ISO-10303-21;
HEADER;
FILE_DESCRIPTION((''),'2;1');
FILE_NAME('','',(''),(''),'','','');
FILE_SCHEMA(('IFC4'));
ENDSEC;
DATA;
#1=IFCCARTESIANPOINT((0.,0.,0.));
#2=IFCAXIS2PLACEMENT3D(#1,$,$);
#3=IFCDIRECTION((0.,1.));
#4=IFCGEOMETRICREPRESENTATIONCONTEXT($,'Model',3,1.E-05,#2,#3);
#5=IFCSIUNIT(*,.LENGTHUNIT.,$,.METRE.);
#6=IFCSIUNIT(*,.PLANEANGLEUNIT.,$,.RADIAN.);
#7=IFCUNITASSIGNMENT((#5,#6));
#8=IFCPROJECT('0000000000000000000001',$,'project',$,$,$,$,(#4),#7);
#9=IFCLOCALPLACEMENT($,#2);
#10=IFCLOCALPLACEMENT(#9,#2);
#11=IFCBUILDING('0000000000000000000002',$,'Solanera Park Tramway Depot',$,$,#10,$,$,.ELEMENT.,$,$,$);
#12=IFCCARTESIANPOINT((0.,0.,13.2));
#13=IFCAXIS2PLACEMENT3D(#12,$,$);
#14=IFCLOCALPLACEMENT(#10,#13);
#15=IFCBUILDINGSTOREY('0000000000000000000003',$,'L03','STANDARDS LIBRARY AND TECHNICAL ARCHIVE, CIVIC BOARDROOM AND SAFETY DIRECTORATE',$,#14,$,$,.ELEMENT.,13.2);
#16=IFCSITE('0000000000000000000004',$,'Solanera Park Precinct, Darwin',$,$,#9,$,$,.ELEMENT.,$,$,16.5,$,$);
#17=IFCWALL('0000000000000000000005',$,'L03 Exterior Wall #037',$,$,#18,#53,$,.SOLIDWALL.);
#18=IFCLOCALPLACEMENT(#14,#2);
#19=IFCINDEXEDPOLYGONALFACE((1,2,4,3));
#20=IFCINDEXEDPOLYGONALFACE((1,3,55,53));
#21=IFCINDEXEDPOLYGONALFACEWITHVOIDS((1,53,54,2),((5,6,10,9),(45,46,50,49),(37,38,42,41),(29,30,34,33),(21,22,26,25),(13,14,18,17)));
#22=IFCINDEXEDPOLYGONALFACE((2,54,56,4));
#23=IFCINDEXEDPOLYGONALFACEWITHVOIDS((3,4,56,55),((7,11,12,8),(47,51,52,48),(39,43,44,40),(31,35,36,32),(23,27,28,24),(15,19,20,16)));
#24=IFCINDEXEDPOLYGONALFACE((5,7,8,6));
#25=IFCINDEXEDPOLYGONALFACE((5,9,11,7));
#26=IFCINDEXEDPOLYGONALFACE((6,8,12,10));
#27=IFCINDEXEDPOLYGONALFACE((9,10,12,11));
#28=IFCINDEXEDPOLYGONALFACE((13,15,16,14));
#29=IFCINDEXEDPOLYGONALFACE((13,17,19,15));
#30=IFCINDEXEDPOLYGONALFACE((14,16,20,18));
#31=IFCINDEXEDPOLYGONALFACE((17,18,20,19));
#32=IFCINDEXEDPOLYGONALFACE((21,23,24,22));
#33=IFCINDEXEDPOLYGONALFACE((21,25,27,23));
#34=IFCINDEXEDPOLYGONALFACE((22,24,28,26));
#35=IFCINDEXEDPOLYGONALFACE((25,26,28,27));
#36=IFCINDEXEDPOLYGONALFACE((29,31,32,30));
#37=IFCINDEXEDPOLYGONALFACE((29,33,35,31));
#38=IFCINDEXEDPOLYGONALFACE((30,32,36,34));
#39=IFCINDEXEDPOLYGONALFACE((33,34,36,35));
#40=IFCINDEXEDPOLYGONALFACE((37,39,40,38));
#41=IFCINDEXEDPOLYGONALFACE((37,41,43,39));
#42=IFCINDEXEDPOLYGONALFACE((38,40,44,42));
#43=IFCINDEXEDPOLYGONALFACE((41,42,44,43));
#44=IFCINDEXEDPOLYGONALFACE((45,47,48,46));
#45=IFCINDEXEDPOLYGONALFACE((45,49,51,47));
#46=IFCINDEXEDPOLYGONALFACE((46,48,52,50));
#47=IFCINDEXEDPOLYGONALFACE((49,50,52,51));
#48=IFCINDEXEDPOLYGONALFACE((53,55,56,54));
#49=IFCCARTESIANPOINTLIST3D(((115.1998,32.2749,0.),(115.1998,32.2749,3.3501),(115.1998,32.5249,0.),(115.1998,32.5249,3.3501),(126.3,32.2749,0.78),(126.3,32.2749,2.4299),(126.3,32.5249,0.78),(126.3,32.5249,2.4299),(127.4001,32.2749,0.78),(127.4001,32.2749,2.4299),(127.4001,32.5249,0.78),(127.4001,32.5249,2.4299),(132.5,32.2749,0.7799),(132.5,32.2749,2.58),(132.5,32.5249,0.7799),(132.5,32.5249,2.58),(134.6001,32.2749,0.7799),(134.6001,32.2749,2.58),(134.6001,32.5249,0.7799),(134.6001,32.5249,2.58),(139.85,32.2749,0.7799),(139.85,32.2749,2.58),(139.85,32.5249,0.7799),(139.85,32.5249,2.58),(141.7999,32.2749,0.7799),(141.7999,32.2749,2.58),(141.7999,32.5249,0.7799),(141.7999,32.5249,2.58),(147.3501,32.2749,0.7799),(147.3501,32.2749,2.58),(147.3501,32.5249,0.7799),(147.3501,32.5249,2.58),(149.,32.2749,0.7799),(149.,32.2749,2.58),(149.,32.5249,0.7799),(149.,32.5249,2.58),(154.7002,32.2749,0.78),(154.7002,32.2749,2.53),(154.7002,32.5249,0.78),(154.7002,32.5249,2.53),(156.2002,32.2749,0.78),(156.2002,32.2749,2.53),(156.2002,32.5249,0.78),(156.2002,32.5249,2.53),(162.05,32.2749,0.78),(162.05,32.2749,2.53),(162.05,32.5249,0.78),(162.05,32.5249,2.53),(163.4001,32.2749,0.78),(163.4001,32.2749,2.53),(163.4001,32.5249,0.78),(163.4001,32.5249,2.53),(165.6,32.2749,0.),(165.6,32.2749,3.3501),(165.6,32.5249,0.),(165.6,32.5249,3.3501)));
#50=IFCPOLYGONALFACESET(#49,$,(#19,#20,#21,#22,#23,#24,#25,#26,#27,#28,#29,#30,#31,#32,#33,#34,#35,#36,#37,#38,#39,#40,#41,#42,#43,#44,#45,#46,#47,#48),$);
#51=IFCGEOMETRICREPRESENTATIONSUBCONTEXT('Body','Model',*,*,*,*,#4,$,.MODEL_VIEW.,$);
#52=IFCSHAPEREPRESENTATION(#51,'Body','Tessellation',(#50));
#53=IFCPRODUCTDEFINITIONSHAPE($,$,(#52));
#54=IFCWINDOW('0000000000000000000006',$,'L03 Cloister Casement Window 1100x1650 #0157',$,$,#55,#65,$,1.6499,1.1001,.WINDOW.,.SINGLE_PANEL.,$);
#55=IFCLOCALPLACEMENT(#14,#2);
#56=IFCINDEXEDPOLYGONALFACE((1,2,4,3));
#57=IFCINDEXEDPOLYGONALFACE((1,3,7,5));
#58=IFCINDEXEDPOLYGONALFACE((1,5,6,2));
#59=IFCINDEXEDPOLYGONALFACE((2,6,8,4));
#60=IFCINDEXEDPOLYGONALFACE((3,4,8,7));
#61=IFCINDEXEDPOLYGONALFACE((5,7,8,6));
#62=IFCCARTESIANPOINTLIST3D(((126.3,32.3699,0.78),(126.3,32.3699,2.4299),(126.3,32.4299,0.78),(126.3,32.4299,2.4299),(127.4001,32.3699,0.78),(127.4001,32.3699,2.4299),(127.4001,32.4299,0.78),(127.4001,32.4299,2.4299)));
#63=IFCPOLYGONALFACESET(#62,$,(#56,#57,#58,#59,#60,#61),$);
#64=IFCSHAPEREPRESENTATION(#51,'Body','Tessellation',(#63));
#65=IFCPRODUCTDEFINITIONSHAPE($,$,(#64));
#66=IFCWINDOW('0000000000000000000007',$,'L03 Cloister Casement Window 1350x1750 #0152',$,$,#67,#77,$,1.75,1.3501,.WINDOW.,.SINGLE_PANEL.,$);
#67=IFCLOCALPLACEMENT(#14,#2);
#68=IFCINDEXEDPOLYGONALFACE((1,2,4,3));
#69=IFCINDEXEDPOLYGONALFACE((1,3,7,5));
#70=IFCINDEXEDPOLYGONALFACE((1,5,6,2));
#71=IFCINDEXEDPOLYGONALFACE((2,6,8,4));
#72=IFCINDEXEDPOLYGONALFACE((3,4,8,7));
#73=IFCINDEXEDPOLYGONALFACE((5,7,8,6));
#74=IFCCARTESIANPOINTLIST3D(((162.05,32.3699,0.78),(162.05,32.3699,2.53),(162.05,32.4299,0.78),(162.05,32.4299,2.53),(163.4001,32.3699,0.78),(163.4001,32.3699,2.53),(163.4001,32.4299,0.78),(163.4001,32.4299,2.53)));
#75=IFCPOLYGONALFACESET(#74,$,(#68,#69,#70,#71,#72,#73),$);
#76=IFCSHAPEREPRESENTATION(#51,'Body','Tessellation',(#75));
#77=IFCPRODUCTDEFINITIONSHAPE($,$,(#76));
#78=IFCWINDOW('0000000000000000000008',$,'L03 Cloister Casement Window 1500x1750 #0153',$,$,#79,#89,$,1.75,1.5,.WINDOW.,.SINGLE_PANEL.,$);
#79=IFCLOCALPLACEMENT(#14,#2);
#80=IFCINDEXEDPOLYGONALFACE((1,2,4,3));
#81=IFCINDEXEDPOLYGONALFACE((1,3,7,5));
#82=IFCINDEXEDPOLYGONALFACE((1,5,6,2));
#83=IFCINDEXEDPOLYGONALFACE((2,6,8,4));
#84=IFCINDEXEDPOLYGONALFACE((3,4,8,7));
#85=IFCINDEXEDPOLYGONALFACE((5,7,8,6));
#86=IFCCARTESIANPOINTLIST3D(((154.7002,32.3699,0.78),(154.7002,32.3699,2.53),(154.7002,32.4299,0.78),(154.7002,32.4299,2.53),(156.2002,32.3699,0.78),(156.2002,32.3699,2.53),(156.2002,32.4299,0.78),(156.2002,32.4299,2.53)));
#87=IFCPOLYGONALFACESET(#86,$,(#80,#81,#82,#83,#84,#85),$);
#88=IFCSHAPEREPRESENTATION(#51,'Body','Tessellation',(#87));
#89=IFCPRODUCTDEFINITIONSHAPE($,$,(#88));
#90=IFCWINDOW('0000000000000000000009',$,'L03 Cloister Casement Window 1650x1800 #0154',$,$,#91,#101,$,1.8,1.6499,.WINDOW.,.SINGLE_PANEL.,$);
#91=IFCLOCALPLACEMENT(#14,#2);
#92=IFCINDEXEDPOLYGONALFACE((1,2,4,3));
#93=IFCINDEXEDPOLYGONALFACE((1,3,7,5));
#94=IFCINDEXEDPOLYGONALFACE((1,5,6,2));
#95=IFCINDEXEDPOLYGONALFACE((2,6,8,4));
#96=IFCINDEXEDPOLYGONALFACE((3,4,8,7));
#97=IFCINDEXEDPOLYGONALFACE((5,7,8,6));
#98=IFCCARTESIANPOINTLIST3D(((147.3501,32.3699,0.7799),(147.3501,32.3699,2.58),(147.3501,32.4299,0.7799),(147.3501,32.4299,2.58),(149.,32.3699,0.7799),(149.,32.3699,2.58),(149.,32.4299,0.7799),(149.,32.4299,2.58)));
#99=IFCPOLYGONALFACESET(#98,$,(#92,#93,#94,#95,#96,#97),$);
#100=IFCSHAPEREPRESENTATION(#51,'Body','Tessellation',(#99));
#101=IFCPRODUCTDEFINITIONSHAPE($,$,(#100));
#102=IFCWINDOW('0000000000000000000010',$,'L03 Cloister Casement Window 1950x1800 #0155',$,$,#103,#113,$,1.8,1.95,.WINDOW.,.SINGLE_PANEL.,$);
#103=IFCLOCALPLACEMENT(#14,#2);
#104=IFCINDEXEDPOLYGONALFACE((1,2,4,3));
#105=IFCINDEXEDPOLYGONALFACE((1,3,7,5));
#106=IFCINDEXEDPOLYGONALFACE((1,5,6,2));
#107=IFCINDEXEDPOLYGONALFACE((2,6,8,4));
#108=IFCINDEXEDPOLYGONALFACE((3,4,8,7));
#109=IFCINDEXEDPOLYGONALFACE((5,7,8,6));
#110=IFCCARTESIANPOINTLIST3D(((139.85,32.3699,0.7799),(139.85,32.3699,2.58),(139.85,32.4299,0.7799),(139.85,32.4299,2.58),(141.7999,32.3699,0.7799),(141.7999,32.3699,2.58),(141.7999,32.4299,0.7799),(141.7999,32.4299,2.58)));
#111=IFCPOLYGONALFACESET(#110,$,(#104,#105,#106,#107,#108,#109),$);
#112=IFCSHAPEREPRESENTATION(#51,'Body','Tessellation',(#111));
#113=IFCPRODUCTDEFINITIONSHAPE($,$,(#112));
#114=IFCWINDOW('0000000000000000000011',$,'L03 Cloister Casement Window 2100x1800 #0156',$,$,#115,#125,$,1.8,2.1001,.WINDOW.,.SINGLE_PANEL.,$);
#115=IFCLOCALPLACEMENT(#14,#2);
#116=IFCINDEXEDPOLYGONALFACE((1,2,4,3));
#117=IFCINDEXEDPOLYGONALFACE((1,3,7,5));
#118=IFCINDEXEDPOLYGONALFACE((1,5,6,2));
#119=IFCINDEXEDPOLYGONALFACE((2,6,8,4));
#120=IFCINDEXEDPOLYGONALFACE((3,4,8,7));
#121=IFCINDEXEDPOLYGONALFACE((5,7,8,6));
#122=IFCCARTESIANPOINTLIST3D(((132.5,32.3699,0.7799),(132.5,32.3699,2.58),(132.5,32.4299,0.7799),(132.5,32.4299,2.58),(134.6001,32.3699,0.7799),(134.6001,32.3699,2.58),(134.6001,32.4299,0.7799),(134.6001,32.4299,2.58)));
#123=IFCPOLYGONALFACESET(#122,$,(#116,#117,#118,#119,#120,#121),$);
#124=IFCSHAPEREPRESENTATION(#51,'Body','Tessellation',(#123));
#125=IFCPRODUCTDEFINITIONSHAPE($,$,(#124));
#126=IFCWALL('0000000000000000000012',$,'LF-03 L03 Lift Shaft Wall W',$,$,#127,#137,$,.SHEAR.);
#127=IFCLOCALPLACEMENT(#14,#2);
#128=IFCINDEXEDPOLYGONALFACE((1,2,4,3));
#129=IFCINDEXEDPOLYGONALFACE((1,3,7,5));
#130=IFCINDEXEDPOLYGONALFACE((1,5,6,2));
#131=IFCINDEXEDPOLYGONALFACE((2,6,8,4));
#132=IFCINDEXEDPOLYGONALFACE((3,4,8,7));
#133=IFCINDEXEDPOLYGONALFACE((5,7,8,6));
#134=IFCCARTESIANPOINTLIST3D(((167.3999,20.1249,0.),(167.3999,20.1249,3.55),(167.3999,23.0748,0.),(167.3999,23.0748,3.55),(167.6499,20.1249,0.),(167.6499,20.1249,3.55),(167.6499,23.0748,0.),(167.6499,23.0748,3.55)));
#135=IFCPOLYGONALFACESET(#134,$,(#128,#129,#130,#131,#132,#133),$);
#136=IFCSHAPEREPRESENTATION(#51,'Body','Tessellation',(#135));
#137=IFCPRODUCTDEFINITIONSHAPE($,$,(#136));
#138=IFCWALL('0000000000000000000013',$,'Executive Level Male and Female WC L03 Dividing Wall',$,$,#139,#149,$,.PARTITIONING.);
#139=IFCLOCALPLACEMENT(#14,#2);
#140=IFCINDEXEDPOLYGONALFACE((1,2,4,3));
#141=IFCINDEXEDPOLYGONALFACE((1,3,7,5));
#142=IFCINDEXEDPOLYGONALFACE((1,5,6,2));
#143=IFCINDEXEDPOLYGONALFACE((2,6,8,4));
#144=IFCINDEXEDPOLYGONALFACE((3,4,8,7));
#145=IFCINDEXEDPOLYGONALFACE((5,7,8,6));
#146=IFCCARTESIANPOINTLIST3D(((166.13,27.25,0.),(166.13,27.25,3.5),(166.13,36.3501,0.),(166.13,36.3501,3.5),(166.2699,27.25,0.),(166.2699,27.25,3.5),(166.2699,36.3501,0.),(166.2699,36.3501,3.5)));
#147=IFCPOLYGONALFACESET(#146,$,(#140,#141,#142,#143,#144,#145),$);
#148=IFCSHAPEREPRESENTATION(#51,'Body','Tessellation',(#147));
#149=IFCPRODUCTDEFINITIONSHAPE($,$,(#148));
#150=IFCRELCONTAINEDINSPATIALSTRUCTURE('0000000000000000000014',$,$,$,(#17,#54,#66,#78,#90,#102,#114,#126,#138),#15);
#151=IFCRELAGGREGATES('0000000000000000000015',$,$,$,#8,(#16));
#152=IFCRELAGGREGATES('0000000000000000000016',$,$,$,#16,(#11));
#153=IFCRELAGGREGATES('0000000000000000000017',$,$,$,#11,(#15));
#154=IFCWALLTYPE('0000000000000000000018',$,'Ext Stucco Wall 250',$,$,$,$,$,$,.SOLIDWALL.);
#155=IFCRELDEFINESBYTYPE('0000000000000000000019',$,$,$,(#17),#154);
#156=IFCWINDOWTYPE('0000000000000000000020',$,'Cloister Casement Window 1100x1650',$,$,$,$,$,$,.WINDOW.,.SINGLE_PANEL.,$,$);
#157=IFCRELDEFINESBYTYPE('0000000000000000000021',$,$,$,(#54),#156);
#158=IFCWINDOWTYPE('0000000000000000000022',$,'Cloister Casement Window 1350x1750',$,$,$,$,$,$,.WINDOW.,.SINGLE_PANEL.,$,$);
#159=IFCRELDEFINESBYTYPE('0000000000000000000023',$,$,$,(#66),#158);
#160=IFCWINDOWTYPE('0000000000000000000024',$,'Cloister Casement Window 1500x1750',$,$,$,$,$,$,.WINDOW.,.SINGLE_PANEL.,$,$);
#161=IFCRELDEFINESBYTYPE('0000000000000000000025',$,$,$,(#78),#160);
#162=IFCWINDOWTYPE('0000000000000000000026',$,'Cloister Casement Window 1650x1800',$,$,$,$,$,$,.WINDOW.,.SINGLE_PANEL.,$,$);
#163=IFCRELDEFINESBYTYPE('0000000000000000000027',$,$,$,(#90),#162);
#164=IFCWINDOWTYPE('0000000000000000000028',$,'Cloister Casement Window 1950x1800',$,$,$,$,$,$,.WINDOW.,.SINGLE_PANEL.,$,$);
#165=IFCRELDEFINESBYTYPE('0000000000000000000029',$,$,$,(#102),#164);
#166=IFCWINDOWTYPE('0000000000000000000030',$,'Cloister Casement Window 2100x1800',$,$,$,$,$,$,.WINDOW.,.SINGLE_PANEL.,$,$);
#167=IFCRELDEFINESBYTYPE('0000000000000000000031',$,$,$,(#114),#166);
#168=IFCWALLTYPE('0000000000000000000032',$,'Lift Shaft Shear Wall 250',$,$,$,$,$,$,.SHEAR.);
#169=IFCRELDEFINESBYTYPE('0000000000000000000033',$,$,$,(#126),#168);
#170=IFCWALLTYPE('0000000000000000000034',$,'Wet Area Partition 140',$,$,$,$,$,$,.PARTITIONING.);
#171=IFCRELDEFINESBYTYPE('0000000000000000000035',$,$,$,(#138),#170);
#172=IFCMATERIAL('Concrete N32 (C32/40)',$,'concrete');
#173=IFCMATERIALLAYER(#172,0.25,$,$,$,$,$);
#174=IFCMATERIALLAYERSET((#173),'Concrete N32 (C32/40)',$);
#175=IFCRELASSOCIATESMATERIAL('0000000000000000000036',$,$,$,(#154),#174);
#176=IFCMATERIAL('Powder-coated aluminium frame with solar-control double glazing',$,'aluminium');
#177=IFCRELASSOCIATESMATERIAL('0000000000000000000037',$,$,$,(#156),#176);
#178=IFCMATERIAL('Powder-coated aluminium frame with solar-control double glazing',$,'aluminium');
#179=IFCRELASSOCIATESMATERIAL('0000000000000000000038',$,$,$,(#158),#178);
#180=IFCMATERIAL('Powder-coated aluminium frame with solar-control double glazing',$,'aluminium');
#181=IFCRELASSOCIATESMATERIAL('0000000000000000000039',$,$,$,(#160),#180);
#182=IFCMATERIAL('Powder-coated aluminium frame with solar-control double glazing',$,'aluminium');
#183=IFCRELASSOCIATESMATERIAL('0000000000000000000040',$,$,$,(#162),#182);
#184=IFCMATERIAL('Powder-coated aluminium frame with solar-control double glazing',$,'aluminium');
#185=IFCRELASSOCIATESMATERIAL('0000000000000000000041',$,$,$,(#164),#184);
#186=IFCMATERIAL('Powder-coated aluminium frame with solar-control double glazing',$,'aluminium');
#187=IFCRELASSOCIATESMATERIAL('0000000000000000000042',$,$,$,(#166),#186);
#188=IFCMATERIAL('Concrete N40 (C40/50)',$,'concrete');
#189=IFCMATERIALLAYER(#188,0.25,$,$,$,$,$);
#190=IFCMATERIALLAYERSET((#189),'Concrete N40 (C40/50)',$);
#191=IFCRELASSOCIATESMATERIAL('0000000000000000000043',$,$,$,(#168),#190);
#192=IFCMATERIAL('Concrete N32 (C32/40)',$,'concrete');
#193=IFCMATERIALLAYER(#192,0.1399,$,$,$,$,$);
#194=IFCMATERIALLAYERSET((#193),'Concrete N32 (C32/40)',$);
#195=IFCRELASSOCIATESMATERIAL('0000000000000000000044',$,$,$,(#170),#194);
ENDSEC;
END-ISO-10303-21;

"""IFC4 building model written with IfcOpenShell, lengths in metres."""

from ifc_helpers import new_model, si_unit, direction, frame, frame_2d, origin, place, context, subcontext, project, spatial, rectangle, extrude, material, layer, layer_set, type_object, element, fill, save


model = new_model("IFC4")

# Units and contexts
model_context = context("Model", 3, precision=1e-05, world=origin(), true_north=direction((0.0, 1.0)))
body_context = subcontext(model_context, "Body", "Model", "MODEL_VIEW")
ifc_project = project(units=[si_unit("LENGTHUNIT", "METRE"), si_unit("PLANEANGLEUNIT", "RADIAN")], contexts=[model_context])

# Site, building, storey
site_placement = place(None, origin())
site = spatial("IfcSite", under=ifc_project, at=site_placement, Name="Solanera Park Precinct, Darwin", CompositionType="ELEMENT", RefElevation=16.5)
building_placement = place(site_placement, origin())
building = spatial("IfcBuilding", under=site, at=building_placement, Name="Solanera Park Tramway Depot", CompositionType="ELEMENT")
storey_placement = place(building_placement, frame((0.0, 0.0, 13.2)))
storey = spatial("IfcBuildingStorey", under=building, at=storey_placement, Name="L03", Description="STANDARDS LIBRARY AND TECHNICAL ARCHIVE, CIVIC BOARDROOM AND SAFETY DIRECTORATE", CompositionType="ELEMENT", Elevation=13.2)

# Wall, openings, windows
ifc_material_1 = material(Name="Concrete N32 (C32/40)", Category="concrete")
ifc_layer_1 = layer(ifc_material_1, 0.25)
ifc_layer_set_1 = layer_set([ifc_layer_1], Name="Concrete N32 (C32/40)")
wall_type_1 = type_object("IfcWallType", Name="Ext Stucco Wall 250", PredefinedType="SOLIDWALL", material=ifc_layer_set_1)
wall_1_placement = place(storey_placement, frame((165.6001, 32.3999, 0.0), z_axis=(0.0, 0.0, 1.0), x_axis=(-1.0, 0.0, 0.0)))
wall_1 = element("IfcWall", 1, at=wall_1_placement, inside=storey, type_object=wall_type_1, Name="L03 Exterior Wall #037", PredefinedType="SOLIDWALL", context=body_context, shape_type="SweptSolid", body=[
    extrude(rectangle(XDim=50.4001, YDim=0.25, at=frame_2d((25.2002, 0.0))), origin(), (0.0, 0.0, 1.0), 3.3501),
])
opening_1_placement = place(wall_1_placement, frame((2.2, 0.0, 0.78)))
opening_1 = element("IfcOpeningElement", 2, at=opening_1_placement, cuts=wall_1, PredefinedType="OPENING", context=body_context, shape_type="SweptSolid", body=[
    extrude(rectangle(XDim=1.3501, YDim=1.75, at=frame_2d((0.675, 0.875))), frame((0.0, 0.135, 0.0), z_axis=(0.0, -1.0, 0.0), x_axis=(1.0, 0.0, 0.0)), (0.0, 0.0, 1.0), 0.27),
])
opening_2_placement = place(wall_1_placement, frame((9.3999, 0.0, 0.78)))
opening_2 = element("IfcOpeningElement", 3, at=opening_2_placement, cuts=wall_1, PredefinedType="OPENING", context=body_context, shape_type="SweptSolid", body=[
    extrude(rectangle(XDim=1.5, YDim=1.75, at=frame_2d((0.75, 0.875))), frame((0.0, 0.135, 0.0), z_axis=(0.0, -1.0, 0.0), x_axis=(1.0, 0.0, 0.0)), (0.0, 0.0, 1.0), 0.27),
])
opening_3_placement = place(wall_1_placement, frame((16.6001, 0.0, 0.78)))
opening_3 = element("IfcOpeningElement", 4, at=opening_3_placement, cuts=wall_1, PredefinedType="OPENING", context=body_context, shape_type="SweptSolid", body=[
    extrude(rectangle(XDim=1.6499, YDim=1.8, at=frame_2d((0.825, 0.8999))), frame((0.0, 0.135, 0.0), z_axis=(0.0, -1.0, 0.0), x_axis=(1.0, 0.0, 0.0)), (0.0, 0.0, 1.0), 0.27),
])
opening_4_placement = place(wall_1_placement, frame((23.8, 0.0, 0.78)))
opening_4 = element("IfcOpeningElement", 5, at=opening_4_placement, cuts=wall_1, PredefinedType="OPENING", context=body_context, shape_type="SweptSolid", body=[
    extrude(rectangle(XDim=1.95, YDim=1.8, at=frame_2d((0.9751, 0.8999))), frame((0.0, 0.135, 0.0), z_axis=(0.0, -1.0, 0.0), x_axis=(1.0, 0.0, 0.0)), (0.0, 0.0, 1.0), 0.27),
])
opening_5_placement = place(wall_1_placement, frame((31.0, 0.0, 0.78)))
opening_5 = element("IfcOpeningElement", 6, at=opening_5_placement, cuts=wall_1, PredefinedType="OPENING", context=body_context, shape_type="SweptSolid", body=[
    extrude(rectangle(XDim=2.1001, YDim=1.8, at=frame_2d((1.05, 0.8999))), frame((0.0, 0.135, 0.0), z_axis=(0.0, -1.0, 0.0), x_axis=(1.0, 0.0, 0.0)), (0.0, 0.0, 1.0), 0.27),
])
opening_6_placement = place(wall_1_placement, frame((38.2, 0.0, 0.78)))
opening_6 = element("IfcOpeningElement", 7, at=opening_6_placement, cuts=wall_1, PredefinedType="OPENING", context=body_context, shape_type="SweptSolid", body=[
    extrude(rectangle(XDim=1.1001, YDim=1.6499, at=frame_2d((0.55, 0.825))), frame((0.0, 0.135, 0.0), z_axis=(0.0, -1.0, 0.0), x_axis=(1.0, 0.0, 0.0)), (0.0, 0.0, 1.0), 0.27),
])
ifc_material_2 = material(Name="Powder-coated aluminium frame with solar-control double glazing", Category="aluminium")
window_type_1 = type_object("IfcWindowType", Name="Cloister Casement Window 1100x1650", PartitioningType="SINGLE_PANEL", PredefinedType="WINDOW", material=ifc_material_2)
window_1_placement = place(opening_6_placement, origin())
window_1 = element("IfcWindow", 8, at=window_1_placement, inside=storey, type_object=window_type_1, Name="L03 Cloister Casement Window 1100x1650 #0157", OverallHeight=1.6499, OverallWidth=1.1001, PartitioningType="SINGLE_PANEL", PredefinedType="WINDOW", context=body_context, shape_type="SweptSolid", body=[
    extrude(rectangle(XDim=1.1001, YDim=1.6499, at=frame_2d((0.55, 0.825))), frame((0.0, 0.03, 0.0), z_axis=(0.0, -1.0, 0.0), x_axis=(1.0, 0.0, 0.0)), (0.0, 0.0, 1.0), 0.0601),
])
fill(opening_6, window_1)
ifc_material_3 = material(Name="Powder-coated aluminium frame with solar-control double glazing", Category="aluminium")
window_type_2 = type_object("IfcWindowType", Name="Cloister Casement Window 1350x1750", PartitioningType="SINGLE_PANEL", PredefinedType="WINDOW", material=ifc_material_3)
window_2_placement = place(opening_1_placement, origin())
window_2 = element("IfcWindow", 9, at=window_2_placement, inside=storey, type_object=window_type_2, Name="L03 Cloister Casement Window 1350x1750 #0152", OverallHeight=1.75, OverallWidth=1.3501, PartitioningType="SINGLE_PANEL", PredefinedType="WINDOW", context=body_context, shape_type="SweptSolid", body=[
    extrude(rectangle(XDim=1.3501, YDim=1.75, at=frame_2d((0.675, 0.875))), frame((0.0, 0.03, 0.0), z_axis=(0.0, -1.0, 0.0), x_axis=(1.0, 0.0, 0.0)), (0.0, 0.0, 1.0), 0.0601),
])
fill(opening_1, window_2)
ifc_material_4 = material(Name="Powder-coated aluminium frame with solar-control double glazing", Category="aluminium")
window_type_3 = type_object("IfcWindowType", Name="Cloister Casement Window 1500x1750", PartitioningType="SINGLE_PANEL", PredefinedType="WINDOW", material=ifc_material_4)
window_3_placement = place(opening_2_placement, origin())
window_3 = element("IfcWindow", 10, at=window_3_placement, inside=storey, type_object=window_type_3, Name="L03 Cloister Casement Window 1500x1750 #0153", OverallHeight=1.75, OverallWidth=1.5, PartitioningType="SINGLE_PANEL", PredefinedType="WINDOW", context=body_context, shape_type="SweptSolid", body=[
    extrude(rectangle(XDim=1.5, YDim=1.75, at=frame_2d((0.75, 0.875))), frame((0.0, 0.03, 0.0), z_axis=(0.0, -1.0, 0.0), x_axis=(1.0, 0.0, 0.0)), (0.0, 0.0, 1.0), 0.0601),
])
fill(opening_2, window_3)
ifc_material_5 = material(Name="Powder-coated aluminium frame with solar-control double glazing", Category="aluminium")
window_type_4 = type_object("IfcWindowType", Name="Cloister Casement Window 1650x1800", PartitioningType="SINGLE_PANEL", PredefinedType="WINDOW", material=ifc_material_5)
window_4_placement = place(opening_3_placement, origin())
window_4 = element("IfcWindow", 11, at=window_4_placement, inside=storey, type_object=window_type_4, Name="L03 Cloister Casement Window 1650x1800 #0154", OverallHeight=1.8, OverallWidth=1.6499, PartitioningType="SINGLE_PANEL", PredefinedType="WINDOW", context=body_context, shape_type="SweptSolid", body=[
    extrude(rectangle(XDim=1.6499, YDim=1.8, at=frame_2d((0.825, 0.8999))), frame((0.0, 0.03, 0.0), z_axis=(0.0, -1.0, 0.0), x_axis=(1.0, 0.0, 0.0)), (0.0, 0.0, 1.0), 0.0601),
])
fill(opening_3, window_4)
ifc_material_6 = material(Name="Powder-coated aluminium frame with solar-control double glazing", Category="aluminium")
window_type_5 = type_object("IfcWindowType", Name="Cloister Casement Window 1950x1800", PartitioningType="SINGLE_PANEL", PredefinedType="WINDOW", material=ifc_material_6)
window_5_placement = place(opening_4_placement, origin())
window_5 = element("IfcWindow", 12, at=window_5_placement, inside=storey, type_object=window_type_5, Name="L03 Cloister Casement Window 1950x1800 #0155", OverallHeight=1.8, OverallWidth=1.95, PartitioningType="SINGLE_PANEL", PredefinedType="WINDOW", context=body_context, shape_type="SweptSolid", body=[
    extrude(rectangle(XDim=1.95, YDim=1.8, at=frame_2d((0.9751, 0.8999))), frame((0.0, 0.03, 0.0), z_axis=(0.0, -1.0, 0.0), x_axis=(1.0, 0.0, 0.0)), (0.0, 0.0, 1.0), 0.0601),
])
fill(opening_4, window_5)
ifc_material_7 = material(Name="Powder-coated aluminium frame with solar-control double glazing", Category="aluminium")
window_type_6 = type_object("IfcWindowType", Name="Cloister Casement Window 2100x1800", PartitioningType="SINGLE_PANEL", PredefinedType="WINDOW", material=ifc_material_7)
window_6_placement = place(opening_5_placement, origin())
window_6 = element("IfcWindow", 13, at=window_6_placement, inside=storey, type_object=window_type_6, Name="L03 Cloister Casement Window 2100x1800 #0156", OverallHeight=1.8, OverallWidth=2.1001, PartitioningType="SINGLE_PANEL", PredefinedType="WINDOW", context=body_context, shape_type="SweptSolid", body=[
    extrude(rectangle(XDim=2.1001, YDim=1.8, at=frame_2d((1.05, 0.8999))), frame((0.0, 0.03, 0.0), z_axis=(0.0, -1.0, 0.0), x_axis=(1.0, 0.0, 0.0)), (0.0, 0.0, 1.0), 0.0601),
])
fill(opening_5, window_6)

# Walls
ifc_material_8 = material(Name="Concrete N40 (C40/50)", Category="concrete")
ifc_layer_2 = layer(ifc_material_8, 0.25)
ifc_layer_set_2 = layer_set([ifc_layer_2], Name="Concrete N40 (C40/50)")
wall_type_2 = type_object("IfcWallType", Name="Lift Shaft Shear Wall 250", PredefinedType="SHEAR", material=ifc_layer_set_2)
wall_2_placement = place(storey_placement, frame((167.5249, 23.075, 0.0), z_axis=(0.0, 0.0, 1.0), x_axis=(0.0, -1.0, 0.0)))
element("IfcWall", 14, at=wall_2_placement, inside=storey, type_object=wall_type_2, Name="LF-03 L03 Lift Shaft Wall W", PredefinedType="SHEAR", context=body_context, shape_type="SweptSolid", body=[
    extrude(rectangle(XDim=2.95, YDim=0.25, at=frame_2d((1.4751, 0.0))), origin(), (0.0, 0.0, 1.0), 3.55),
])
ifc_material_9 = material(Name="Concrete N32 (C32/40)", Category="concrete")
ifc_layer_3 = layer(ifc_material_9, 0.1399)
ifc_layer_set_3 = layer_set([ifc_layer_3], Name="Concrete N32 (C32/40)")
wall_type_3 = type_object("IfcWallType", Name="Wet Area Partition 140", PredefinedType="PARTITIONING", material=ifc_layer_set_3)
wall_3_placement = place(storey_placement, frame((166.2, 36.3501, 0.0), z_axis=(0.0, 0.0, 1.0), x_axis=(0.0, -1.0, 0.0)))
element("IfcWall", 15, at=wall_3_placement, inside=storey, type_object=wall_type_3, Name="Executive Level Male and Female WC L03 Dividing Wall", PredefinedType="PARTITIONING", context=body_context, shape_type="SweptSolid", body=[
    extrude(rectangle(XDim=9.1001, YDim=0.1399, at=frame_2d((4.55, 0.0))), origin(), (0.0, 0.0, 1.0), 3.5),
])

save(model, "model.ifc")
